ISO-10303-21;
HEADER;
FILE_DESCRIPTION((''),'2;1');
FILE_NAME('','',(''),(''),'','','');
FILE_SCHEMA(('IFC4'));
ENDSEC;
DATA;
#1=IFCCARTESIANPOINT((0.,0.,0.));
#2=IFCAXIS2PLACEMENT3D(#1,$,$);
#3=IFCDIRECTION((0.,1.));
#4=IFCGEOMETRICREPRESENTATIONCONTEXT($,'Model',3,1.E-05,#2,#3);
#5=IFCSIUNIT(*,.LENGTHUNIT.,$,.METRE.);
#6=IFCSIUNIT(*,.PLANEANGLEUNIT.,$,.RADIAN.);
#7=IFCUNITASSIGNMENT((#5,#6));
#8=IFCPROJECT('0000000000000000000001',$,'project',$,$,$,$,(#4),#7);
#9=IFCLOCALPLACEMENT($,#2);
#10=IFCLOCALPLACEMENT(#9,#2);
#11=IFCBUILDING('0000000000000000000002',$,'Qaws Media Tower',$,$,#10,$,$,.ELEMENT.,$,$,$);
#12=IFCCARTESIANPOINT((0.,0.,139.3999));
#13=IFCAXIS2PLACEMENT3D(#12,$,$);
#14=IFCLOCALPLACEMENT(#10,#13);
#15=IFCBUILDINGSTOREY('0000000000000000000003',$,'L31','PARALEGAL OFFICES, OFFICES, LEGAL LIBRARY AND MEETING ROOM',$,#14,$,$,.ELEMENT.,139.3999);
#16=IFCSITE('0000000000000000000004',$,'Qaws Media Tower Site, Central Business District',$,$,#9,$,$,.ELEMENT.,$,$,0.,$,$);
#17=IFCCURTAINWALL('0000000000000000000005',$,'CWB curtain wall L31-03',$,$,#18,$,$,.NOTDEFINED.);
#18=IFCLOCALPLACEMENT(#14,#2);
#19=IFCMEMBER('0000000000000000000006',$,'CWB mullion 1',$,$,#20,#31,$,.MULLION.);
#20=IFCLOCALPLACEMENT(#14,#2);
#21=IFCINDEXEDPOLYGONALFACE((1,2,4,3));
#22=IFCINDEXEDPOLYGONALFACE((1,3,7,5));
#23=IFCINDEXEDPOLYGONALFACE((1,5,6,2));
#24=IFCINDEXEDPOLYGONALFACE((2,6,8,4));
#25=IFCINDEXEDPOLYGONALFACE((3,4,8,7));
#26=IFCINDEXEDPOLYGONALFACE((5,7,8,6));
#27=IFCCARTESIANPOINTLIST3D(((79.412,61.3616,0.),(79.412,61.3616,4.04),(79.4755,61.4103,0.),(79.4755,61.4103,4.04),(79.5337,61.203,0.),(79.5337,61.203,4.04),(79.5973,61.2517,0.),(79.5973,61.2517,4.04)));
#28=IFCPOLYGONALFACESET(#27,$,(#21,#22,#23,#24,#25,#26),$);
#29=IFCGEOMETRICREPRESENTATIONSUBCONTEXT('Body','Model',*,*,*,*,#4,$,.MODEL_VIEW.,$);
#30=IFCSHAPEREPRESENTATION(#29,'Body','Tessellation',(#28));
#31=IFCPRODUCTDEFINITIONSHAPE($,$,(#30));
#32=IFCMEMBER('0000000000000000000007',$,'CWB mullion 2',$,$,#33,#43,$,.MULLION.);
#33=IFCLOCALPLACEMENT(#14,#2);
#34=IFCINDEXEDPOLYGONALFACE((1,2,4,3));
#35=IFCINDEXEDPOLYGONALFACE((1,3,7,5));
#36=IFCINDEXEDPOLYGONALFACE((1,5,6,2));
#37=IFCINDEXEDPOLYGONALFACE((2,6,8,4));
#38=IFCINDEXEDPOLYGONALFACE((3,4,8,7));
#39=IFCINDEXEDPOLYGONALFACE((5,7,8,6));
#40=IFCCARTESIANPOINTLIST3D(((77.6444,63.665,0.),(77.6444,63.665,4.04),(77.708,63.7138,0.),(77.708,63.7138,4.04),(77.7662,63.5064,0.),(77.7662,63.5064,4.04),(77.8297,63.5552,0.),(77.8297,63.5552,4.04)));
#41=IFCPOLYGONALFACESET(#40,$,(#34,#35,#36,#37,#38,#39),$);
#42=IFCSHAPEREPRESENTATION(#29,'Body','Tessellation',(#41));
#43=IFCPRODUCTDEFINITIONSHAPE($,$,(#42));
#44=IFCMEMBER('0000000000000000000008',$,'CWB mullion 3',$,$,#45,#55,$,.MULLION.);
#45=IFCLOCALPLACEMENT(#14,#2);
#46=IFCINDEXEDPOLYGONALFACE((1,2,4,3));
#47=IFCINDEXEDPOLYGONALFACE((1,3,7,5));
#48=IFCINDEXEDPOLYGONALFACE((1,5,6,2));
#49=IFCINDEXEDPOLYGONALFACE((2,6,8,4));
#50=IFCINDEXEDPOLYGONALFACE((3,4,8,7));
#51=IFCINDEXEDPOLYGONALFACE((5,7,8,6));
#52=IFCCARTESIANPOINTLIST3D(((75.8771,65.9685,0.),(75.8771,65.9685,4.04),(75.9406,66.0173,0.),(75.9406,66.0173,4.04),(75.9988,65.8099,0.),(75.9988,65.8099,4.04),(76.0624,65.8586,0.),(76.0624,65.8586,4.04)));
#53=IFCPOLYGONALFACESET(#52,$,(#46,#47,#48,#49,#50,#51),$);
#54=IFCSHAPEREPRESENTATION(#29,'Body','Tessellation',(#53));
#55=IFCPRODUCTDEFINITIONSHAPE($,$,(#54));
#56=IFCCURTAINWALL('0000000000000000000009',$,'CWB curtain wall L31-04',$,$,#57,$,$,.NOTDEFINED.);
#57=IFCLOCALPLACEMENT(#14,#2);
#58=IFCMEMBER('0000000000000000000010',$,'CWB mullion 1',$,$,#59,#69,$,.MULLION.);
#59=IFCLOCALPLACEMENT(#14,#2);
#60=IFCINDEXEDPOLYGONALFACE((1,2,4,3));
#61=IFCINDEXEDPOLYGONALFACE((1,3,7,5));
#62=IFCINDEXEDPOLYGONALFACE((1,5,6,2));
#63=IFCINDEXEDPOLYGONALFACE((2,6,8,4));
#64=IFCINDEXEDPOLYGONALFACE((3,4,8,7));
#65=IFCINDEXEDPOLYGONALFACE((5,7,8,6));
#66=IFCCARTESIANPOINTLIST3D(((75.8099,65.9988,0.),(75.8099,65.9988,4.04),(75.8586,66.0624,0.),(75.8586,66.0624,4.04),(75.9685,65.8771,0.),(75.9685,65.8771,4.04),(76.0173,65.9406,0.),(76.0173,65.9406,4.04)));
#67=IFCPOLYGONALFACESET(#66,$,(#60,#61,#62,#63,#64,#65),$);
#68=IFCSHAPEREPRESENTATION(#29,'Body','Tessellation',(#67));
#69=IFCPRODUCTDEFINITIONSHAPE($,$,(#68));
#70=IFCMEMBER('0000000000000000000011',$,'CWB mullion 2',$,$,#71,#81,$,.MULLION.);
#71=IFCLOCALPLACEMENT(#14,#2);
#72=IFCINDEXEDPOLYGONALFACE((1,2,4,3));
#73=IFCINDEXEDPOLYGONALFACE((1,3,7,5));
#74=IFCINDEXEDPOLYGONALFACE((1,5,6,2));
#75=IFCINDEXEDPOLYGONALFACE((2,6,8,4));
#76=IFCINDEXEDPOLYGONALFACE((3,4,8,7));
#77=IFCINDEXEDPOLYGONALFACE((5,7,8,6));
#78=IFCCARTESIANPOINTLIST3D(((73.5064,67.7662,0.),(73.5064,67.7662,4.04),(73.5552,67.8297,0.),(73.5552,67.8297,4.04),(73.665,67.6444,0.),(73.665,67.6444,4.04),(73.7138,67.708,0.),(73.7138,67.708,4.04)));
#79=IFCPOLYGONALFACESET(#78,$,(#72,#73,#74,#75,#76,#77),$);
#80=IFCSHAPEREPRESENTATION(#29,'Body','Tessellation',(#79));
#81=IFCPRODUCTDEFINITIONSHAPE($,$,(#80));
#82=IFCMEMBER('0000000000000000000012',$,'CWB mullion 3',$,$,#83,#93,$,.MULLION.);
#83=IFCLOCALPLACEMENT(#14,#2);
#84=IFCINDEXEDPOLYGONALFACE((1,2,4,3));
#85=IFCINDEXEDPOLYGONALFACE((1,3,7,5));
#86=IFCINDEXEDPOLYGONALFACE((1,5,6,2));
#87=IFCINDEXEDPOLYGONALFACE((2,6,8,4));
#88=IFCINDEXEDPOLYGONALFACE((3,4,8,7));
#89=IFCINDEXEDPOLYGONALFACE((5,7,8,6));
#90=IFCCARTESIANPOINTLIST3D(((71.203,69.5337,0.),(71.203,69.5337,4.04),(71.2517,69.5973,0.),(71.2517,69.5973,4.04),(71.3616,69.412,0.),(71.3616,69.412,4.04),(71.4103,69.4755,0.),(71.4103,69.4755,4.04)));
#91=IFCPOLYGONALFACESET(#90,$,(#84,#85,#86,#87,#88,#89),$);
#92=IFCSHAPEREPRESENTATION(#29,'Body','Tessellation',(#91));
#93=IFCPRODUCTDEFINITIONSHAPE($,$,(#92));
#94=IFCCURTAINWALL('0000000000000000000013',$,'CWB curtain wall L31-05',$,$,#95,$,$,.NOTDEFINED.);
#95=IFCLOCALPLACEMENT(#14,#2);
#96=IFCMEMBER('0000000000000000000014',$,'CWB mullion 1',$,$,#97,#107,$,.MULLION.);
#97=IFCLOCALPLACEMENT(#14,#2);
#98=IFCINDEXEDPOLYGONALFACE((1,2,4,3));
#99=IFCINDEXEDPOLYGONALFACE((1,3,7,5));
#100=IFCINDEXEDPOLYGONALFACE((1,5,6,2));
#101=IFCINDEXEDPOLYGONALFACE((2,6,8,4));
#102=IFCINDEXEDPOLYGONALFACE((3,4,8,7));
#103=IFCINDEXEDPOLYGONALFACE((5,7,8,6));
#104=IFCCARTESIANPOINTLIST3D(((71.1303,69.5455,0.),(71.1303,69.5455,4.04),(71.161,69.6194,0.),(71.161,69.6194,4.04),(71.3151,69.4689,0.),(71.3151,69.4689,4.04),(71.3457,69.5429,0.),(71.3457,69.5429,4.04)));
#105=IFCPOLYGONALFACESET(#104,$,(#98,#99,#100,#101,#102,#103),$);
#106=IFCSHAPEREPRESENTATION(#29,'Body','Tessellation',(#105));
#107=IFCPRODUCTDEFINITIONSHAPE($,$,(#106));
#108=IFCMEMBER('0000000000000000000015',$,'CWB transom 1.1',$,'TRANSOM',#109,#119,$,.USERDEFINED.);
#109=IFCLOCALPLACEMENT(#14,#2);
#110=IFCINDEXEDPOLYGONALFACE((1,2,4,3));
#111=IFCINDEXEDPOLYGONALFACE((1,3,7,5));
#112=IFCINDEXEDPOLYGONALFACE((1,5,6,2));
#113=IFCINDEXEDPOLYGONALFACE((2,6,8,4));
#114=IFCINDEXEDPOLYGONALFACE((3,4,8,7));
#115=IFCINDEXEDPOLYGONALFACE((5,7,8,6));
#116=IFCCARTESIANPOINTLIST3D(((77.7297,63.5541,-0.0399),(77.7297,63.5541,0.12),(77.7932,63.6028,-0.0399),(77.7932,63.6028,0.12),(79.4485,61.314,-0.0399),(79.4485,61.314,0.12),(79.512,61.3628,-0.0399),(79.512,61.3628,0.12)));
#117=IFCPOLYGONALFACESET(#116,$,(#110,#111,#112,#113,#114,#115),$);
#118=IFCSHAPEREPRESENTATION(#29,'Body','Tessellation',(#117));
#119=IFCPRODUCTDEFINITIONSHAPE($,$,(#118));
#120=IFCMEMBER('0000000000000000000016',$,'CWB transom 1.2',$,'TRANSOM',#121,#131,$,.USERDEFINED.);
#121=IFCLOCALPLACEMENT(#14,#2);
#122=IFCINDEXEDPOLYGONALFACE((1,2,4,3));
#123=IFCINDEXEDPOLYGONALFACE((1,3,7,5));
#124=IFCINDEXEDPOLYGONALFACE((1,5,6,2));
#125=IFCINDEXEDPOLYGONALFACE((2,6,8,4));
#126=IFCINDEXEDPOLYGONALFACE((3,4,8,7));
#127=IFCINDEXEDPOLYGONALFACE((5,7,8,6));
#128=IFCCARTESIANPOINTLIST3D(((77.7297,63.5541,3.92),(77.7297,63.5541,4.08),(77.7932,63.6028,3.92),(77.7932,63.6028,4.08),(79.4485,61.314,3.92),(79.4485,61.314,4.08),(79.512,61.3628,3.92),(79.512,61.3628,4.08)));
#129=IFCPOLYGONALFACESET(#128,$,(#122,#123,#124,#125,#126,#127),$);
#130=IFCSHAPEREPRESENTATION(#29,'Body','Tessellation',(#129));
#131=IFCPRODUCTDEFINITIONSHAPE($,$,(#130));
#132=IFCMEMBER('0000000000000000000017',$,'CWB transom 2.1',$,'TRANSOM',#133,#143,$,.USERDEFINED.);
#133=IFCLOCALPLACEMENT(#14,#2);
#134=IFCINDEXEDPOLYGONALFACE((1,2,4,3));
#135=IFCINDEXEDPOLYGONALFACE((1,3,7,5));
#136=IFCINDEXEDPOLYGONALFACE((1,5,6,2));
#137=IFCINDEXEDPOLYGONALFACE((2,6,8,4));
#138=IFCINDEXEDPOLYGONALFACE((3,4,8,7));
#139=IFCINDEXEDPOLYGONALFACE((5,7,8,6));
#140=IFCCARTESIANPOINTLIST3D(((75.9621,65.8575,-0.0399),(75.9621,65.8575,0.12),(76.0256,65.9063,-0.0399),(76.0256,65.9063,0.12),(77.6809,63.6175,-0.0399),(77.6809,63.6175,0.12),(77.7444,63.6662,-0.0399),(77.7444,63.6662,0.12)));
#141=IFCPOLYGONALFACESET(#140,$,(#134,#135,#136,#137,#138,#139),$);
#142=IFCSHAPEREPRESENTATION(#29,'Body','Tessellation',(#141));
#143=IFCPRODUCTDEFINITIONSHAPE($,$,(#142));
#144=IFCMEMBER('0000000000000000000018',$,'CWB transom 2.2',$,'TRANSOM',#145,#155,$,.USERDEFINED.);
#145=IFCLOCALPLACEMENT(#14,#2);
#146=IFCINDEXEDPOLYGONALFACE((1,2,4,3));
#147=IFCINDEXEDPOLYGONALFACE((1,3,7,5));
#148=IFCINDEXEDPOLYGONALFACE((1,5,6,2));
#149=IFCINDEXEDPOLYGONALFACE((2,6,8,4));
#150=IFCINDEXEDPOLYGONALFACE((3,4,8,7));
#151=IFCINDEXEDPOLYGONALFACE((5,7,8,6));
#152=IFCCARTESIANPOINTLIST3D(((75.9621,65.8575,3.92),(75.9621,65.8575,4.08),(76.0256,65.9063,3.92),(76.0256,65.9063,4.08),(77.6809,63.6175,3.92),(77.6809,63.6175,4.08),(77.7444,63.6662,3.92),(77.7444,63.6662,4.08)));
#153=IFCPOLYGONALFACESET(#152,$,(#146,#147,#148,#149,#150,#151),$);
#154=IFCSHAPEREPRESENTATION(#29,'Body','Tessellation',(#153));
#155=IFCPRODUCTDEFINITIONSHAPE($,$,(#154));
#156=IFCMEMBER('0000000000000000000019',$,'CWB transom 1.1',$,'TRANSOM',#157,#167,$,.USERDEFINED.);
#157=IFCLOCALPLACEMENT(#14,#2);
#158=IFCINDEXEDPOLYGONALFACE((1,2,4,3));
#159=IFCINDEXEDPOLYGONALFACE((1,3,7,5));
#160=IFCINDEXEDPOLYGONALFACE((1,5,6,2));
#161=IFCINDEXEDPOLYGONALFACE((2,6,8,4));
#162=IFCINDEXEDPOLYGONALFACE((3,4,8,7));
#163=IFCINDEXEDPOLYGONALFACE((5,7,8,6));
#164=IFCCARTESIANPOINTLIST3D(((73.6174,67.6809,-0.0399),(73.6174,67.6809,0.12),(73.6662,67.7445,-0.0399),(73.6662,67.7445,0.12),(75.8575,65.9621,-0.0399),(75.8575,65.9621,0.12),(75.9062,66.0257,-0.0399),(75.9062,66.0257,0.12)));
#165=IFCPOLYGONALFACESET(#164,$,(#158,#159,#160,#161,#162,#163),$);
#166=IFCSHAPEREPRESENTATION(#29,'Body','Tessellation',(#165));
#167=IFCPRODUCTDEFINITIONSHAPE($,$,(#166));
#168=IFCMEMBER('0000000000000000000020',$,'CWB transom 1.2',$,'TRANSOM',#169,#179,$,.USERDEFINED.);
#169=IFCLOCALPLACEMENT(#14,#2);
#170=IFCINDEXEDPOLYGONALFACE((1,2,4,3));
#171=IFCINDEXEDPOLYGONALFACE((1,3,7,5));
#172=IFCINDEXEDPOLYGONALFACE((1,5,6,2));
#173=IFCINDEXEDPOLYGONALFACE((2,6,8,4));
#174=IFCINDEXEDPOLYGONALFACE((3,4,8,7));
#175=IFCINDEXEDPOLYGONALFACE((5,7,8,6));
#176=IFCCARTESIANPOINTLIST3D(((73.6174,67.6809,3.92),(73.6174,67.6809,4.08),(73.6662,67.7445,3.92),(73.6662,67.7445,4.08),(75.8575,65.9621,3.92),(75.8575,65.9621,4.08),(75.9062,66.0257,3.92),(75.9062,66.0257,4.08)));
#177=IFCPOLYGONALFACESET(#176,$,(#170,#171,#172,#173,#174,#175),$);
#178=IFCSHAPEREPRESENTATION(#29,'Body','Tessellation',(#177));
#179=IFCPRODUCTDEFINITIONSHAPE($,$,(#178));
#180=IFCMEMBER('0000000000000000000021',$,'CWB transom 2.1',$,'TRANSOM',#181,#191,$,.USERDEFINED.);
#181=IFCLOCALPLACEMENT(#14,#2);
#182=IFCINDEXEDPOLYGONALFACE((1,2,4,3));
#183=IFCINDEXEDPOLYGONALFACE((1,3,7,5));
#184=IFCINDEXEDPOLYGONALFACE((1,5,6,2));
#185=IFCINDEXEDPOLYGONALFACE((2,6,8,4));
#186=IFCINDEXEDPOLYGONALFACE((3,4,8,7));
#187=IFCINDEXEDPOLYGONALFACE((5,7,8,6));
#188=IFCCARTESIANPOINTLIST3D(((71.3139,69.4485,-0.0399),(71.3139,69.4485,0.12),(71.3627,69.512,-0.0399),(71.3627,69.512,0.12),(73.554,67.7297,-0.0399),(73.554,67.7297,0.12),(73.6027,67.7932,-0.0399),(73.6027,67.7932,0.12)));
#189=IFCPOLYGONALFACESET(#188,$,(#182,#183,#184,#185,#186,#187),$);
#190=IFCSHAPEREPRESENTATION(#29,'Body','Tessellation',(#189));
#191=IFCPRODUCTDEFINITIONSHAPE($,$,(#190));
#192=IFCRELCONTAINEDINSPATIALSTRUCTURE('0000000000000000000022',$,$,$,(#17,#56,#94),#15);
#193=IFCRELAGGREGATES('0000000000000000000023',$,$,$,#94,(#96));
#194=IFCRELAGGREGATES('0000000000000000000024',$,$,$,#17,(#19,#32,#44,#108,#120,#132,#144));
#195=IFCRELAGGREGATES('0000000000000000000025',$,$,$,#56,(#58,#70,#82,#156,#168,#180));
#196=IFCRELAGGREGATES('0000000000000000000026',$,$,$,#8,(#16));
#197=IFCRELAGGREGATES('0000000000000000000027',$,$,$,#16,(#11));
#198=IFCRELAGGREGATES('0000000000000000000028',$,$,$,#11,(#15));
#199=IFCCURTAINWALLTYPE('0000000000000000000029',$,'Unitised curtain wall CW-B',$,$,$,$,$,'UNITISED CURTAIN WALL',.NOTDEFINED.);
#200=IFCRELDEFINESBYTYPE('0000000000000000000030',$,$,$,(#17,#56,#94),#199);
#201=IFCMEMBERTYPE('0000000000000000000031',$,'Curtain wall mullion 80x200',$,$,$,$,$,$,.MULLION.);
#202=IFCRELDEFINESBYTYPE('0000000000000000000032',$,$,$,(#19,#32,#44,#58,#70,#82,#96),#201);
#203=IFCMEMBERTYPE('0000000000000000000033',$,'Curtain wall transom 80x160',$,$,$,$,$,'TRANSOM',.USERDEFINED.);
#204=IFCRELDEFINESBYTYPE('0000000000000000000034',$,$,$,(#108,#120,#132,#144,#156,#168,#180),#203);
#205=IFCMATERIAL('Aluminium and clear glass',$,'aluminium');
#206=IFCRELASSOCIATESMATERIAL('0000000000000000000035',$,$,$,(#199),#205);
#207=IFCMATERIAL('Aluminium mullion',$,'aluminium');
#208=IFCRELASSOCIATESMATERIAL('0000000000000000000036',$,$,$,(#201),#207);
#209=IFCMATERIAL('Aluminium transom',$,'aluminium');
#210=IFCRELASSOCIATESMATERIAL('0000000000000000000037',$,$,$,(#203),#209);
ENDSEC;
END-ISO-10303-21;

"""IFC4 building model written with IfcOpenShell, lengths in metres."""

from ifc_helpers import new_model, si_unit, direction, frame, origin, origin_2d, place, context, subcontext, project, spatial, rectangle, extrude, material, material_profile, profile_set, type_object, element, aggregate, save


model = new_model("IFC4")

# Units and contexts
model_context = context("Model", 3, precision=1e-05, world=origin(), true_north=direction((0.0, 1.0)))
body_context = subcontext(model_context, "Body", "Model", "MODEL_VIEW")
ifc_project = project(units=[si_unit("LENGTHUNIT", "METRE"), si_unit("PLANEANGLEUNIT", "RADIAN")], contexts=[model_context])

# Site, building, storey
site_placement = place(None, origin())
site = spatial("IfcSite", under=ifc_project, at=site_placement, Name="Qaws Media Tower Site, Central Business District", CompositionType="ELEMENT", RefElevation=0.0)
building_placement = place(site_placement, origin())
building = spatial("IfcBuilding", under=site, at=building_placement, Name="Qaws Media Tower", CompositionType="ELEMENT")
storey_placement = place(building_placement, frame((0.0, 0.0, 139.3999)))
storey = spatial("IfcBuildingStorey", under=building, at=storey_placement, Name="L31", Description="PARALEGAL OFFICES, OFFICES, LEGAL LIBRARY AND MEETING ROOM", CompositionType="ELEMENT", Elevation=139.3999)

# Curtain walls, members
ifc_material_1 = material(Name="Aluminium and clear glass", Category="aluminium")
curtain_wall_type = type_object("IfcCurtainWallType", Name="Unitised curtain wall CW-B", ElementType="UNITISED CURTAIN WALL", PredefinedType="NOTDEFINED", material=ifc_material_1)
curtain_wall_1_placement = place(storey_placement, origin())
curtain_wall_1 = element("IfcCurtainWall", 1, at=curtain_wall_1_placement, inside=storey, type_object=curtain_wall_type, Name="CWB curtain wall L31-03", PredefinedType="NOTDEFINED")
ifc_material_2 = material(Name="Aluminium mullion", Category="aluminium")
ifc_material_profile_1 = material_profile(ifc_material_2, rectangle(XDim=0.0801, YDim=0.2, at=origin_2d()), Name="80x200")
ifc_profile_set_1 = profile_set([ifc_material_profile_1], Name="Aluminium mullion")
member_type_1 = type_object("IfcMemberType", Name="Curtain wall mullion 80x200", PredefinedType="MULLION", material=ifc_profile_set_1)
member_1_placement = place(storey_placement, frame((79.5046, 61.3066, 0.0), z_axis=(0.0, 0.0, 1.0), x_axis=(-0.793353, -0.608761, 0.0)))
member_1 = element("IfcMember", 2, at=member_1_placement, type_object=member_type_1, Name="CWB mullion 1", PredefinedType="MULLION", context=body_context, shape_type="SweptSolid", body=[
    extrude(rectangle(XDim=0.0801, YDim=0.2, at=origin_2d()), origin(), (0.0, 0.0, 1.0), 4.04),
])
member_2_placement = place(storey_placement, frame((77.7371, 63.6101, 0.0), z_axis=(0.0, 0.0, 1.0), x_axis=(-0.793353, -0.608761, 0.0)))
member_2 = element("IfcMember", 3, at=member_2_placement, type_object=member_type_1, Name="CWB mullion 2", PredefinedType="MULLION", context=body_context, shape_type="SweptSolid", body=[
    extrude(rectangle(XDim=0.0801, YDim=0.2, at=origin_2d()), origin(), (0.0, 0.0, 1.0), 4.04),
])
member_3_placement = place(storey_placement, frame((75.9697, 65.9136, 0.0), z_axis=(0.0, 0.0, 1.0), x_axis=(-0.793353, -0.608761, 0.0)))
member_3 = element("IfcMember", 4, at=member_3_placement, type_object=member_type_1, Name="CWB mullion 3", PredefinedType="MULLION", context=body_context, shape_type="SweptSolid", body=[
    extrude(rectangle(XDim=0.0801, YDim=0.2, at=origin_2d()), origin(), (0.0, 0.0, 1.0), 4.04),
])
curtain_wall_2_placement = place(storey_placement, origin())
curtain_wall_2 = element("IfcCurtainWall", 5, at=curtain_wall_2_placement, inside=storey, type_object=curtain_wall_type, Name="CWB curtain wall L31-04", PredefinedType="NOTDEFINED")
member_4_placement = place(storey_placement, frame((75.9136, 65.9697, 0.0), z_axis=(0.0, 0.0, 1.0), x_axis=(-0.608761, -0.793353, 0.0)))
member_4 = element("IfcMember", 6, at=member_4_placement, type_object=member_type_1, Name="CWB mullion 1", PredefinedType="MULLION", context=body_context, shape_type="SweptSolid", body=[
    extrude(rectangle(XDim=0.0801, YDim=0.2, at=origin_2d()), origin(), (0.0, 0.0, 1.0), 4.04),
])
member_5_placement = place(storey_placement, frame((73.6101, 67.7371, 0.0), z_axis=(0.0, 0.0, 1.0), x_axis=(-0.608761, -0.793353, 0.0)))
member_5 = element("IfcMember", 7, at=member_5_placement, type_object=member_type_1, Name="CWB mullion 2", PredefinedType="MULLION", context=body_context, shape_type="SweptSolid", body=[
    extrude(rectangle(XDim=0.0801, YDim=0.2, at=origin_2d()), origin(), (0.0, 0.0, 1.0), 4.04),
])
member_6_placement = place(storey_placement, frame((71.3066, 69.5046, 0.0), z_axis=(0.0, 0.0, 1.0), x_axis=(-0.608761, -0.793353, 0.0)))
member_6 = element("IfcMember", 8, at=member_6_placement, type_object=member_type_1, Name="CWB mullion 3", PredefinedType="MULLION", context=body_context, shape_type="SweptSolid", body=[
    extrude(rectangle(XDim=0.0801, YDim=0.2, at=origin_2d()), origin(), (0.0, 0.0, 1.0), 4.04),
])

# Curtain wall, member
curtain_wall_3_placement = place(storey_placement, origin())
curtain_wall_3 = element("IfcCurtainWall", 9, at=curtain_wall_3_placement, inside=storey, type_object=curtain_wall_type, Name="CWB curtain wall L31-05", PredefinedType="NOTDEFINED")
member_7_placement = place(storey_placement, frame((71.238, 69.5442, 0.0), z_axis=(0.0, 0.0, 1.0), x_axis=(-0.382683, -0.92388, 0.0)))
member_7 = element("IfcMember", 10, at=member_7_placement, type_object=member_type_1, Name="CWB mullion 1", PredefinedType="MULLION", context=body_context, shape_type="SweptSolid", body=[
    extrude(rectangle(XDim=0.0801, YDim=0.2, at=origin_2d()), origin(), (0.0, 0.0, 1.0), 4.04),
])

# Members
ifc_material_3 = material(Name="Aluminium transom", Category="aluminium")
ifc_material_profile_2 = material_profile(ifc_material_3, rectangle(XDim=0.0801, YDim=0.1599, at=origin_2d()), Name="80x160")
ifc_profile_set_2 = profile_set([ifc_material_profile_2], Name="Aluminium transom")
member_type_2 = type_object("IfcMemberType", Name="Curtain wall transom 80x160", ElementType="TRANSOM", PredefinedType="USERDEFINED", material=ifc_profile_set_2)
member_8_placement = place(storey_placement, frame((79.4802, 61.3384, 0.04), z_axis=(-0.608749, 0.793363, 0.0), x_axis=(-0.793363, -0.608749, 0.0)))
member_8 = element("IfcMember", 11, at=member_8_placement, type_object=member_type_2, Name="CWB transom 1.1", ObjectType="TRANSOM", PredefinedType="USERDEFINED", context=body_context, shape_type="SweptSolid", body=[
    extrude(rectangle(XDim=0.0801, YDim=0.1599, at=origin_2d()), origin(), (0.0, 0.0, 1.0), 2.8235),
])
member_9_placement = place(storey_placement, frame((79.4802, 61.3384, 4.0), z_axis=(-0.608749, 0.793363, 0.0), x_axis=(-0.793363, -0.608749, 0.0)))
member_9 = element("IfcMember", 12, at=member_9_placement, type_object=member_type_2, Name="CWB transom 1.2", ObjectType="TRANSOM", PredefinedType="USERDEFINED", context=body_context, shape_type="SweptSolid", body=[
    extrude(rectangle(XDim=0.0801, YDim=0.1599, at=origin_2d()), origin(), (0.0, 0.0, 1.0), 2.8235),
])
member_10_placement = place(storey_placement, frame((77.7126, 63.6418, 0.04), z_axis=(-0.608749, 0.793363, 0.0), x_axis=(-0.793363, -0.608749, 0.0)))
member_10 = element("IfcMember", 13, at=member_10_placement, type_object=member_type_2, Name="CWB transom 2.1", ObjectType="TRANSOM", PredefinedType="USERDEFINED", context=body_context, shape_type="SweptSolid", body=[
    extrude(rectangle(XDim=0.0801, YDim=0.1599, at=origin_2d()), origin(), (0.0, 0.0, 1.0), 2.8235),
])
member_11_placement = place(storey_placement, frame((77.7126, 63.6418, 4.0), z_axis=(-0.608749, 0.793363, 0.0), x_axis=(-0.793363, -0.608749, 0.0)))
member_11 = element("IfcMember", 14, at=member_11_placement, type_object=member_type_2, Name="CWB transom 2.2", ObjectType="TRANSOM", PredefinedType="USERDEFINED", context=body_context, shape_type="SweptSolid", body=[
    extrude(rectangle(XDim=0.0801, YDim=0.1599, at=origin_2d()), origin(), (0.0, 0.0, 1.0), 2.8235),
])
member_12_placement = place(storey_placement, frame((75.8818, 65.9939, 0.04), z_axis=(-0.793363, 0.608749, 0.0), x_axis=(-0.608749, -0.793363, 0.0)))
member_12 = element("IfcMember", 15, at=member_12_placement, type_object=member_type_2, Name="CWB transom 1.1", ObjectType="TRANSOM", PredefinedType="USERDEFINED", context=body_context, shape_type="SweptSolid", body=[
    extrude(rectangle(XDim=0.0801, YDim=0.1599, at=origin_2d()), origin(), (0.0, 0.0, 1.0), 2.8235),
])
member_13_placement = place(storey_placement, frame((75.8818, 65.9939, 4.0), z_axis=(-0.793363, 0.608749, 0.0), x_axis=(-0.608749, -0.793363, 0.0)))
member_13 = element("IfcMember", 16, at=member_13_placement, type_object=member_type_2, Name="CWB transom 1.2", ObjectType="TRANSOM", PredefinedType="USERDEFINED", context=body_context, shape_type="SweptSolid", body=[
    extrude(rectangle(XDim=0.0801, YDim=0.1599, at=origin_2d()), origin(), (0.0, 0.0, 1.0), 2.8235),
])
member_14_placement = place(storey_placement, frame((73.5784, 67.7615, 0.04), z_axis=(-0.793363, 0.608749, 0.0), x_axis=(-0.608749, -0.793363, 0.0)))
member_14 = element("IfcMember", 17, at=member_14_placement, type_object=member_type_2, Name="CWB transom 2.1", ObjectType="TRANSOM", PredefinedType="USERDEFINED", context=body_context, shape_type="SweptSolid", body=[
    extrude(rectangle(XDim=0.0801, YDim=0.1599, at=origin_2d()), origin(), (0.0, 0.0, 1.0), 2.8235),
])
aggregate(curtain_wall_3, [member_7])

aggregate(curtain_wall_1, [member_1, member_2, member_3, member_8, member_9, member_10, member_11])
aggregate(curtain_wall_2, [member_4, member_5, member_6, member_12, member_13, member_14])

save(model, "model.ifc")
